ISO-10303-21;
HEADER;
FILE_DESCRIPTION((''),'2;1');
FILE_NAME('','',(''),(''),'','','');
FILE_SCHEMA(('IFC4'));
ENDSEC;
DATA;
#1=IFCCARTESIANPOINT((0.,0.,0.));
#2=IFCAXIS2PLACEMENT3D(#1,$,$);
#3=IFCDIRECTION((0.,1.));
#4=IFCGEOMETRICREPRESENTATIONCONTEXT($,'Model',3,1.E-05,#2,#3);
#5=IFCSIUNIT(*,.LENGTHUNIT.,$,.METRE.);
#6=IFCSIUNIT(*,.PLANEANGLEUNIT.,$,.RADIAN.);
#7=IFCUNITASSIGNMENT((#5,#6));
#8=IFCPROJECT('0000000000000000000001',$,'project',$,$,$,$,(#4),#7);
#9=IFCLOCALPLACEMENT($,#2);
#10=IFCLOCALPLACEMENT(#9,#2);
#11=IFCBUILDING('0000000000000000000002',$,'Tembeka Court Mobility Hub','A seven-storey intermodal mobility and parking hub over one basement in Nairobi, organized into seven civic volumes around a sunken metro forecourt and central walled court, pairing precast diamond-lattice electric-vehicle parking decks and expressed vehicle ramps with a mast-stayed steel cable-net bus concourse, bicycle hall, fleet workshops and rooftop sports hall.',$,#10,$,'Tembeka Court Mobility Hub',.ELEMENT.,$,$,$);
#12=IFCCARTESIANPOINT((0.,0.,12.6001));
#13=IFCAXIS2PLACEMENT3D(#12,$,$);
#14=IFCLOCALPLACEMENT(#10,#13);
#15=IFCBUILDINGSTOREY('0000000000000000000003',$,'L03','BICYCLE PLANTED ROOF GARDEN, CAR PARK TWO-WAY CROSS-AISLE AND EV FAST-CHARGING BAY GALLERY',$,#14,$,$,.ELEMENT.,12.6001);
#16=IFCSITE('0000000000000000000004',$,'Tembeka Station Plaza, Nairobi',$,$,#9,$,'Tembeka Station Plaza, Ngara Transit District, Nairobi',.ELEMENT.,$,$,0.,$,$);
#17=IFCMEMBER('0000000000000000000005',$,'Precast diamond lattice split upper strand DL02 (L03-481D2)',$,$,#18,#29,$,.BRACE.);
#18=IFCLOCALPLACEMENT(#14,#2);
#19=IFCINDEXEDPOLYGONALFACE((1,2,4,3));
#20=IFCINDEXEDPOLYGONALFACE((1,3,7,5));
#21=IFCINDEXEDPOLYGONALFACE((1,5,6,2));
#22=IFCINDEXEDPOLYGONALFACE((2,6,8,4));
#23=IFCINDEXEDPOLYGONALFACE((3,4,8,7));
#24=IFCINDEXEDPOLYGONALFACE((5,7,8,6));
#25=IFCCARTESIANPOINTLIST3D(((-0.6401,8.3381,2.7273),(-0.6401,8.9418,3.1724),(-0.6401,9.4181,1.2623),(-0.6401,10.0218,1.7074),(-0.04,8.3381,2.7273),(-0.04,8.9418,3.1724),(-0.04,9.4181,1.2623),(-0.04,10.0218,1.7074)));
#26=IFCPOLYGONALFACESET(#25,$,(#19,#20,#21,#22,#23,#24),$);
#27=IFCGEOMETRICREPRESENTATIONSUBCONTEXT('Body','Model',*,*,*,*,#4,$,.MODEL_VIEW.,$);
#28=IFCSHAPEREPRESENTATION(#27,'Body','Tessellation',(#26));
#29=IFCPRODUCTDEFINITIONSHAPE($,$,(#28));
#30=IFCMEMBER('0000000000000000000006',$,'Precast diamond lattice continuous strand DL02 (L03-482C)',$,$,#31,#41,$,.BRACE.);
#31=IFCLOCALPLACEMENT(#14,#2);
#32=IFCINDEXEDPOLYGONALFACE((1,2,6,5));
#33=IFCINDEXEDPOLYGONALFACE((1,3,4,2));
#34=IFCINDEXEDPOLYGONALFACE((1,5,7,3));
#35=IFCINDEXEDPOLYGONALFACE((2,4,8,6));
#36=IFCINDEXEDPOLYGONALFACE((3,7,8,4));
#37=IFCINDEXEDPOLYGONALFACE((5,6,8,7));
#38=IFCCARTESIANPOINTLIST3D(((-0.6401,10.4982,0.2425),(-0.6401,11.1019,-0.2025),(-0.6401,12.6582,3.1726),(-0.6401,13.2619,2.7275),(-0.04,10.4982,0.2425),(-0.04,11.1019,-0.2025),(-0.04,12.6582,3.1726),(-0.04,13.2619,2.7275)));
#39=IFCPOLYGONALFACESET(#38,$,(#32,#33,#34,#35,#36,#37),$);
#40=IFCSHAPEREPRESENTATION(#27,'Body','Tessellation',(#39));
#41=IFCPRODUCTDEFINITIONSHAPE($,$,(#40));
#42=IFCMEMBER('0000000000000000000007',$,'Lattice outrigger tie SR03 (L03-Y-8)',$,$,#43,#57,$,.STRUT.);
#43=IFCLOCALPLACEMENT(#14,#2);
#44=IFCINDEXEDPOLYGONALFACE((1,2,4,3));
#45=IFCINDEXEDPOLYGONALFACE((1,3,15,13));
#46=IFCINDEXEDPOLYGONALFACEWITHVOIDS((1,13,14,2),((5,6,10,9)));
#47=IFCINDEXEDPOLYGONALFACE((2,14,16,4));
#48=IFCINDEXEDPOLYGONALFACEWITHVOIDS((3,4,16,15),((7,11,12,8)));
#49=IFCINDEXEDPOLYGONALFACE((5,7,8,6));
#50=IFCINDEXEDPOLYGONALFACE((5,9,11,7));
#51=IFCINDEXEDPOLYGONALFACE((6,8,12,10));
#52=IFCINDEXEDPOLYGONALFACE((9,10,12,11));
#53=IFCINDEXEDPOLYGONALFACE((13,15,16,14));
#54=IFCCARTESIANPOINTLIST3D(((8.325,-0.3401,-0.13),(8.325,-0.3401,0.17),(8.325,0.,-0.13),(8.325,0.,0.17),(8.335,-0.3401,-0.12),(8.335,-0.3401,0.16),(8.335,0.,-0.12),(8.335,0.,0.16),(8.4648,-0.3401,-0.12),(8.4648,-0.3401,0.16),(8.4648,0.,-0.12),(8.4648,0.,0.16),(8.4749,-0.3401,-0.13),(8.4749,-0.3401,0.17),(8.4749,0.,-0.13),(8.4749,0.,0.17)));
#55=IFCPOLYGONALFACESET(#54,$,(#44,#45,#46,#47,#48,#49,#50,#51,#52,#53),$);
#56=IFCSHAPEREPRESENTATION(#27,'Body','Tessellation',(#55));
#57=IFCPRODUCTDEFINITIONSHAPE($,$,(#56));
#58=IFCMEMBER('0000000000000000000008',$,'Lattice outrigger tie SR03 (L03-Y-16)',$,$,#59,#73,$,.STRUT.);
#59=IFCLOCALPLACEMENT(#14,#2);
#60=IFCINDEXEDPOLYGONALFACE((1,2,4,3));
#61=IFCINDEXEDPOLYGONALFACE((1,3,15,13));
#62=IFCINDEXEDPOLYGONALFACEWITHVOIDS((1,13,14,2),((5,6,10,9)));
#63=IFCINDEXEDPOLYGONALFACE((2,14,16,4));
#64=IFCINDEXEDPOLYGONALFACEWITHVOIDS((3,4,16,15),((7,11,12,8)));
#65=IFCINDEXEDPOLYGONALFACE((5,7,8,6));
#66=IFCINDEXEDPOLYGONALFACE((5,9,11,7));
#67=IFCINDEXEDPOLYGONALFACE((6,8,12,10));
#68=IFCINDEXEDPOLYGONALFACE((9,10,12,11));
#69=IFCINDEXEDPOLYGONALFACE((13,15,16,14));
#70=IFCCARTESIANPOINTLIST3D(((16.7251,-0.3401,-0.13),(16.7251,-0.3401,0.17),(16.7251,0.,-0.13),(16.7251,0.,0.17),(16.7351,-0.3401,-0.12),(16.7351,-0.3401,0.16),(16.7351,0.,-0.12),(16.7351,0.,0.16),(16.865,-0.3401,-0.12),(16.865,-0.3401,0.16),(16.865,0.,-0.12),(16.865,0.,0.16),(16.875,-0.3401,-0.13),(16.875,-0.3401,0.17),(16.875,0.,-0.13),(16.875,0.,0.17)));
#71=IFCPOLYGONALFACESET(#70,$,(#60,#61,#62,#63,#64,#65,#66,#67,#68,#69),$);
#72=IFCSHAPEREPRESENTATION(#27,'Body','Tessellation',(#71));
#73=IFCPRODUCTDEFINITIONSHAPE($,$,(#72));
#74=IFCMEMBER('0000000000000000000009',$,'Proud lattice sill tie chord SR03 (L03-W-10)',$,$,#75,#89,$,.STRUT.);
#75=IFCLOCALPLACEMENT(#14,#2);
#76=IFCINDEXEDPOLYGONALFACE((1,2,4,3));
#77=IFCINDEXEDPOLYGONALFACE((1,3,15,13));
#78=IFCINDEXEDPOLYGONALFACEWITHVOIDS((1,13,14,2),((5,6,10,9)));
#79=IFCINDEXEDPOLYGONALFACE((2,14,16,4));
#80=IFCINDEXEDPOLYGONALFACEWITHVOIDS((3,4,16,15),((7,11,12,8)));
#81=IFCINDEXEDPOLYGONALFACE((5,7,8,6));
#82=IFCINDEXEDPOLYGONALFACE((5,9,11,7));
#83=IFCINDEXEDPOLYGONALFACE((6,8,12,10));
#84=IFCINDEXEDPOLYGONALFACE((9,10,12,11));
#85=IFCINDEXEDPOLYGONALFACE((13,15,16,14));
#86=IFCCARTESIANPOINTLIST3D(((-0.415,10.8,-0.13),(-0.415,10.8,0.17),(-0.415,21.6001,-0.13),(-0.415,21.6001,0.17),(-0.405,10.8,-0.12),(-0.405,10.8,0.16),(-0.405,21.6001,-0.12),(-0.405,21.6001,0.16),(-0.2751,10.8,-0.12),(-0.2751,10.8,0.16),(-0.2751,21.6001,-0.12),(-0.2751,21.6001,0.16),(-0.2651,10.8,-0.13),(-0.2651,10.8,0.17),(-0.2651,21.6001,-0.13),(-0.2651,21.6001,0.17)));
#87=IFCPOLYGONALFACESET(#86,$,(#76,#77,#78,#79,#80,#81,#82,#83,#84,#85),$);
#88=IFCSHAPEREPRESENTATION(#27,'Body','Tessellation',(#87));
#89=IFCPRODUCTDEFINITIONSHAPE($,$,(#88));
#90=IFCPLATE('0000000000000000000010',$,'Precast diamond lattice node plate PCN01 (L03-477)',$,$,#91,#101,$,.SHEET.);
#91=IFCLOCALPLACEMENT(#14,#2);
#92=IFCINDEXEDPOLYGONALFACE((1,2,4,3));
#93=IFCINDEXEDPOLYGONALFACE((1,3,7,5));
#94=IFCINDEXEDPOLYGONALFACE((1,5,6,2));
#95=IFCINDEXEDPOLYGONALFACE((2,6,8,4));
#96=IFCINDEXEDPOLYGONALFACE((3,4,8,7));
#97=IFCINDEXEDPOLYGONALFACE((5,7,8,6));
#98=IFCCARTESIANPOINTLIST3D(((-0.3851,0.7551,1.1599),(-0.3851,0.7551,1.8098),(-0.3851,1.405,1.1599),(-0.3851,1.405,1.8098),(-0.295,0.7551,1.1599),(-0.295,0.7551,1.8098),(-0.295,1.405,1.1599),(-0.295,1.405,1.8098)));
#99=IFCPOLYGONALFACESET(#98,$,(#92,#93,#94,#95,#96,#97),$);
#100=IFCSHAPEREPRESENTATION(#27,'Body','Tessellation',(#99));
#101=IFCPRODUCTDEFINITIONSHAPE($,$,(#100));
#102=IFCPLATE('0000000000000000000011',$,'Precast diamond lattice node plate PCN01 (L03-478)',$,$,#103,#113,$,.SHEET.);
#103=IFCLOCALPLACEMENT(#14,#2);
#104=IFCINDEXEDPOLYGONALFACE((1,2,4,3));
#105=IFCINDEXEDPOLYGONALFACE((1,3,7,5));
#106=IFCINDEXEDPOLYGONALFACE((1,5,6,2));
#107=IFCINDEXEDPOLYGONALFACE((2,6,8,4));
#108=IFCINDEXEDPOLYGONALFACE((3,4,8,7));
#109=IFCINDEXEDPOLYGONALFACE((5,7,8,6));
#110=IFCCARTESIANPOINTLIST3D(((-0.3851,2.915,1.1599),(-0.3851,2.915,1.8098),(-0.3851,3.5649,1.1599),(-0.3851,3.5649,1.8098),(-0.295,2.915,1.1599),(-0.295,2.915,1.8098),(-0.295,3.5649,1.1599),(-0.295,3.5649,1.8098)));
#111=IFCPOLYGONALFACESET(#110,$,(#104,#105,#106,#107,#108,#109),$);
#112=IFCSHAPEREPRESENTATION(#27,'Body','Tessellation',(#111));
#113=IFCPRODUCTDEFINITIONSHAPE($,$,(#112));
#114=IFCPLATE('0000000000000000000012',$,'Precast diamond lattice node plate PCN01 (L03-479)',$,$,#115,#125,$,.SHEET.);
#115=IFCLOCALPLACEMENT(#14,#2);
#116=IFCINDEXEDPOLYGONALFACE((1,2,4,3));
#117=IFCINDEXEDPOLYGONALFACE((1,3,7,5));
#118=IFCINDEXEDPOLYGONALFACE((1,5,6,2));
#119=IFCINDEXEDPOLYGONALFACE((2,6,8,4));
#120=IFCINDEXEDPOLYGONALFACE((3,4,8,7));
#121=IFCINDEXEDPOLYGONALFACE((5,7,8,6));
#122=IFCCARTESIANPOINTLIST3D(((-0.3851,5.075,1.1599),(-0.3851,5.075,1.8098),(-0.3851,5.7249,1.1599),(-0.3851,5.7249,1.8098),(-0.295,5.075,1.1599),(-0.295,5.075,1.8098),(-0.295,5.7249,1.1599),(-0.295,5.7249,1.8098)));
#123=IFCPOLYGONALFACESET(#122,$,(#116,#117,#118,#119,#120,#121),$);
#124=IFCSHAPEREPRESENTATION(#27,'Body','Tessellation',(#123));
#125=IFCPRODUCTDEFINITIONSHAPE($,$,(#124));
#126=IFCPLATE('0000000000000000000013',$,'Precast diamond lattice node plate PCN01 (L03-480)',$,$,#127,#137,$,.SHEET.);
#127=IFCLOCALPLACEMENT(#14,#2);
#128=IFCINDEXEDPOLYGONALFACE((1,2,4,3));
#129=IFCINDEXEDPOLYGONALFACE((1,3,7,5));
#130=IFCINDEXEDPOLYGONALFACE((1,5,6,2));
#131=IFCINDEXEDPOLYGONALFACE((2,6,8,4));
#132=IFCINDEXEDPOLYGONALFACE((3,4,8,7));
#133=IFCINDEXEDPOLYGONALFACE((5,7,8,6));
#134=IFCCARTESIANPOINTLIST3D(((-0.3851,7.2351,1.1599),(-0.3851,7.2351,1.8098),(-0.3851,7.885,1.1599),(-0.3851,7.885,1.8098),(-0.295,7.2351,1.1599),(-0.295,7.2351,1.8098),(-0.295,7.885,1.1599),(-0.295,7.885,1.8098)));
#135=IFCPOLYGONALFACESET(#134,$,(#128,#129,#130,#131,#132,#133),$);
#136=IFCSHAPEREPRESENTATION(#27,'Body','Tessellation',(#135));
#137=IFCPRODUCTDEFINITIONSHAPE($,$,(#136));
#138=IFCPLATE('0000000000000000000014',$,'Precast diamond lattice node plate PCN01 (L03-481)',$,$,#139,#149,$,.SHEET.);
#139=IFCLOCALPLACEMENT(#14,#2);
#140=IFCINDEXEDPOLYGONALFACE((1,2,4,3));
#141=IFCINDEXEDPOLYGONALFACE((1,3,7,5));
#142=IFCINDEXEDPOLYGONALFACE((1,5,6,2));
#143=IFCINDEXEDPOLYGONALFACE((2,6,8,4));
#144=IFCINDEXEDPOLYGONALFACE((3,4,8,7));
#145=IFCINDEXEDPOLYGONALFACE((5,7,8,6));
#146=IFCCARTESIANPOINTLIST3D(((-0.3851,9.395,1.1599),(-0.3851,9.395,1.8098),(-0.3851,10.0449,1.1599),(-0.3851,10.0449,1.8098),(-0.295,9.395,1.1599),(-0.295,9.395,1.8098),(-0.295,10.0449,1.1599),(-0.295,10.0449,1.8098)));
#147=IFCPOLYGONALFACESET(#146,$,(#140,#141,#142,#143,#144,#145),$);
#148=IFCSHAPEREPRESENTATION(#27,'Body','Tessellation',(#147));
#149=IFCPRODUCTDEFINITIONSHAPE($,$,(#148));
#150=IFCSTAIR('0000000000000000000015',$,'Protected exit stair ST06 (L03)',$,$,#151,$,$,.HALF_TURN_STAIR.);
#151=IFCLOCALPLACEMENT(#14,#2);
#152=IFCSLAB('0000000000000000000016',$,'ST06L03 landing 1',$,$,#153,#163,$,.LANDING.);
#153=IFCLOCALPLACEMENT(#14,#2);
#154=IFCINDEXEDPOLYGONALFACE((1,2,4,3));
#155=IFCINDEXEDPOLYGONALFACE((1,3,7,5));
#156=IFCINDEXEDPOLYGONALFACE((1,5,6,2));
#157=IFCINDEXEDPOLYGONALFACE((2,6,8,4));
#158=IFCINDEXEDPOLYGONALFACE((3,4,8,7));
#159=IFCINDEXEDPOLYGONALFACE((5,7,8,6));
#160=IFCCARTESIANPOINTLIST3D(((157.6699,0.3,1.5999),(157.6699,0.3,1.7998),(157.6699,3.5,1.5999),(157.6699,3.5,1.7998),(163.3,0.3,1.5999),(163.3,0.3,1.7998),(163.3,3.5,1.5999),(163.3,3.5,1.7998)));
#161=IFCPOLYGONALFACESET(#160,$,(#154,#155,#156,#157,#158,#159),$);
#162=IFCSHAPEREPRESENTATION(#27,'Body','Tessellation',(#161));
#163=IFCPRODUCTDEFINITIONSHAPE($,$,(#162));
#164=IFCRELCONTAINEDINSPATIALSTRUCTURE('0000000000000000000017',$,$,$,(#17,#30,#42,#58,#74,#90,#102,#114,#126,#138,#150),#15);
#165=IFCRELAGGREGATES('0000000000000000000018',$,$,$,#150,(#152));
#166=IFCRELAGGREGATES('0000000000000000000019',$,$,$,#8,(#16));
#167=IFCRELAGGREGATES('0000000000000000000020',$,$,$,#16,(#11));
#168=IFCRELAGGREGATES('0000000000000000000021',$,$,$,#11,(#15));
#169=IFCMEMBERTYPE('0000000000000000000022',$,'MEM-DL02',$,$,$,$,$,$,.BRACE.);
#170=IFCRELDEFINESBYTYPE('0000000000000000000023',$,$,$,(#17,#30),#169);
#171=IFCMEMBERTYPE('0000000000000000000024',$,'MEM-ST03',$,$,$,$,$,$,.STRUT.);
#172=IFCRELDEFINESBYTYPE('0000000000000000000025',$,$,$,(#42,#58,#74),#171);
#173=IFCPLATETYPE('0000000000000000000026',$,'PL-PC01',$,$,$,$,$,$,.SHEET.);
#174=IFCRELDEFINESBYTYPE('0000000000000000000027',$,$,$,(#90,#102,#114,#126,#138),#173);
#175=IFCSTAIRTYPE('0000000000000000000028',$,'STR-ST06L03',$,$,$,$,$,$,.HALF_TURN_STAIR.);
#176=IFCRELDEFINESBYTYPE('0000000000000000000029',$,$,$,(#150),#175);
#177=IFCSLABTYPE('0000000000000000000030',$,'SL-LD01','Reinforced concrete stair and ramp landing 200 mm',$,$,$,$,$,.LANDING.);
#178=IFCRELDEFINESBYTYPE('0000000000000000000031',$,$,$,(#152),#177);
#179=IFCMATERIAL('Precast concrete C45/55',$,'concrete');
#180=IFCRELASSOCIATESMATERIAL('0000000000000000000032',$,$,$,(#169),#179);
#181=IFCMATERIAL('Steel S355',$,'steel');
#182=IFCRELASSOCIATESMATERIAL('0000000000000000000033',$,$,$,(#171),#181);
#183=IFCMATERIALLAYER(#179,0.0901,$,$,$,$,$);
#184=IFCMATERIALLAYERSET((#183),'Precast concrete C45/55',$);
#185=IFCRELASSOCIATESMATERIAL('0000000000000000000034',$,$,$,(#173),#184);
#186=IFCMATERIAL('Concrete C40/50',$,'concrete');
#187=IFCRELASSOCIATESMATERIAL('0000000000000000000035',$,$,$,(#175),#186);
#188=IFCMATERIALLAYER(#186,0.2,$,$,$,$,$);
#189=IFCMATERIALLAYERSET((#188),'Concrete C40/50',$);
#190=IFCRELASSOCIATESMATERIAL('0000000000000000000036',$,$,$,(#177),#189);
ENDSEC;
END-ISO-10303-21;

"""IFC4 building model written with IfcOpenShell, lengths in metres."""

from ifc_helpers import new_model, si_unit, direction, frame, origin, origin_2d, place, context, subcontext, project, spatial, polyline, rectangle, hollow_rectangle, outline, extrude, material, layer, layer_set, material_profile, profile_set, type_object, element, aggregate, save


model = new_model("IFC4")

# Units and contexts
model_context = context("Model", 3, precision=1e-05, world=origin(), true_north=direction((0.0, 1.0)))
body_context = subcontext(model_context, "Body", "Model", "MODEL_VIEW")
ifc_project = project(units=[si_unit("LENGTHUNIT", "METRE"), si_unit("PLANEANGLEUNIT", "RADIAN")], contexts=[model_context])

# Site, building, storey
site_placement = place(None, origin())
site = spatial("IfcSite", under=ifc_project, at=site_placement, Name="Tembeka Station Plaza, Nairobi", LongName="Tembeka Station Plaza, Ngara Transit District, Nairobi", CompositionType="ELEMENT", RefElevation=0.0)
building_placement = place(site_placement, origin())
building = spatial("IfcBuilding", under=site, at=building_placement, Name="Tembeka Court Mobility Hub", Description="A seven-storey intermodal mobility and parking hub over one basement in Nairobi, organized into seven civic volumes around a sunken metro forecourt and central walled court, pairing precast diamond-lattice electric-vehicle parking decks and expressed vehicle ramps with a mast-stayed steel cable-net bus concourse, bicycle hall, fleet workshops and rooftop sports hall.", LongName="Tembeka Court Mobility Hub", CompositionType="ELEMENT")
storey_placement = place(building_placement, frame((0.0, 0.0, 12.6001)))
storey = spatial("IfcBuildingStorey", under=building, at=storey_placement, Name="L03", Description="BICYCLE PLANTED ROOF GARDEN, CAR PARK TWO-WAY CROSS-AISLE AND EV FAST-CHARGING BAY GALLERY", CompositionType="ELEMENT", Elevation=12.6001)

# Shared definitions
ifc_material_1 = material(Name="Steel S355", Category="steel")

# Shared definitions
ifc_material_2 = material(Name="Precast concrete C45/55", Category="concrete")

# Members
ifc_material_profile_1 = material_profile(ifc_material_2, rectangle(XDim=0.6001, YDim=0.75, at=origin_2d()), Name="PC-DIAG 600x750")
ifc_profile_set_1 = profile_set([ifc_material_profile_1], Name="Precast concrete C45/55")
member_type_1 = type_object("IfcMemberType", Name="MEM-DL02", PredefinedType="BRACE", material=ifc_profile_set_1)
for number, where, z_axis, x_axis, name in (
    (1, (-0.3401, 9.72, 1.4849), (0.0, -0.593391, 0.804914), (1.0, 0.0, 0.0), "Precast diamond lattice split upper strand DL02 (L03-481D2)"),
):
    element("IfcMember", number, at=place(storey_placement, frame(where, z_axis=z_axis, x_axis=x_axis)), inside=storey, type_object=member_type_1, Name=name, PredefinedType="BRACE", context=body_context, shape_type="SweptSolid", body=[
        extrude(rectangle(XDim=0.6001, YDim=0.75, at=origin_2d()), origin(), (0.0, 0.0, 1.0), 1.8201),
    ])
member_1_placement = place(storey_placement, frame((-0.3401, 10.8, 0.02), z_axis=(0.0, 0.59338, 0.804923), x_axis=(-1.0, 0.0, 0.0)))
element("IfcMember", 2, at=member_1_placement, inside=storey, type_object=member_type_1, Name="Precast diamond lattice continuous strand DL02 (L03-482C)", PredefinedType="BRACE", context=body_context, shape_type="SweptSolid", body=[
    extrude(rectangle(XDim=0.6001, YDim=0.75, at=origin_2d()), origin(), (0.0, 0.0, 1.0), 3.6401),
])
ifc_material_profile_2 = material_profile(ifc_material_1, hollow_rectangle(XDim=0.1499, YDim=0.3, WallThickness=0.01, at=origin_2d()), Name="RHS 300x150x10")
ifc_profile_set_2 = profile_set([ifc_material_profile_2], Name="Steel S355")
member_type_2 = type_object("IfcMemberType", Name="MEM-ST03", PredefinedType="STRUT", material=ifc_profile_set_2)
for number, where, z_axis, x_axis, name in (
    (3, (8.3999, 0.0, 0.02), (0.0, -1.0, 0.0), (1.0, 0.0, 0.0), "Lattice outrigger tie SR03 (L03-Y-8)"),
    (4, (16.8, 0.0, 0.02), (0.0, -1.0, 0.0), (1.0, 0.0, 0.0), "Lattice outrigger tie SR03 (L03-Y-16)"),
):
    element("IfcMember", number, at=place(storey_placement, frame(where, z_axis=z_axis, x_axis=x_axis)), inside=storey, type_object=member_type_2, Name=name, PredefinedType="STRUT", context=body_context, shape_type="SweptSolid", body=[
        extrude(hollow_rectangle(XDim=0.1499, YDim=0.3, WallThickness=0.01, at=origin_2d()), origin(), (0.0, 0.0, 1.0), 0.3401),
    ])
member_2_placement = place(storey_placement, frame((-0.3401, 10.8, 0.02), z_axis=(0.0, 1.0, 0.0), x_axis=(-1.0, 0.0, 0.0)))
element("IfcMember", 5, at=member_2_placement, inside=storey, type_object=member_type_2, Name="Proud lattice sill tie chord SR03 (L03-W-10)", PredefinedType="STRUT", context=body_context, shape_type="SweptSolid", body=[
    extrude(hollow_rectangle(XDim=0.1499, YDim=0.3, WallThickness=0.01, at=origin_2d()), origin(), (0.0, 0.0, 1.0), 10.8),
])

# Plates
ifc_layer_1 = layer(ifc_material_2, 0.0901)
ifc_layer_set_1 = layer_set([ifc_layer_1], Name="Precast concrete C45/55")
plate_type = type_object("IfcPlateType", Name="PL-PC01", PredefinedType="SHEET", material=ifc_layer_set_1)
for number, where, z_axis, x_axis, name in (
    (6, (-0.3401, 1.0801, 1.1599), (0.0, 0.0, 1.0), (1.0, 0.0, 0.0), "Precast diamond lattice node plate PCN01 (L03-477)"),
    (7, (-0.3401, 3.24, 1.1599), (0.0, 0.0, 1.0), (1.0, 0.0, 0.0), "Precast diamond lattice node plate PCN01 (L03-478)"),
    (8, (-0.3401, 5.3999, 1.1599), (0.0, 0.0, 1.0), (1.0, 0.0, 0.0), "Precast diamond lattice node plate PCN01 (L03-479)"),
    (9, (-0.3401, 7.5601, 1.1599), (0.0, 0.0, 1.0), (1.0, 0.0, 0.0), "Precast diamond lattice node plate PCN01 (L03-480)"),
    (10, (-0.3401, 9.72, 1.1599), (0.0, 0.0, 1.0), (1.0, 0.0, 0.0), "Precast diamond lattice node plate PCN01 (L03-481)"),
):
    element("IfcPlate", number, at=place(storey_placement, frame(where, z_axis=z_axis, x_axis=x_axis)), inside=storey, type_object=plate_type, Name=name, PredefinedType="SHEET", context=body_context, shape_type="SweptSolid", body=[
        extrude(rectangle(XDim=0.0901, YDim=0.6499, at=origin_2d()), origin(), (0.0, 0.0, 1.0), 0.6499),
    ])

# Stair, slab
ifc_material_3 = material(Name="Concrete C40/50", Category="concrete")
stair_type = type_object("IfcStairType", Name="STR-ST06L03", PredefinedType="HALF_TURN_STAIR", material=ifc_material_3)
stair_placement = place(storey_placement, origin())
stair = element("IfcStair", 11, at=stair_placement, inside=storey, type_object=stair_type, Name="Protected exit stair ST06 (L03)", PredefinedType="HALF_TURN_STAIR")
ifc_layer_2 = layer(ifc_material_3, 0.2)
ifc_layer_set_2 = layer_set([ifc_layer_2], Name="Concrete C40/50")
slab_type = type_object("IfcSlabType", Name="SL-LD01", Description="Reinforced concrete stair and ramp landing 200 mm", PredefinedType="LANDING", material=ifc_layer_set_2)
slab_placement = place(storey_placement, frame((0.0, 0.0, 1.5999)))
slab = element("IfcSlab", 12, at=slab_placement, type_object=slab_type, Name="ST06L03 landing 1", PredefinedType="LANDING", context=body_context, shape_type="SweptSolid", body=[
    extrude(outline(polyline([(157.6699, 0.3), (163.3, 0.3), (163.3, 3.5), (157.6699, 3.5), (157.6699, 0.3)])), origin(), (0.0, 0.0, 1.0), 0.2),
])
aggregate(stair, [slab])

save(model, "model.ifc")
